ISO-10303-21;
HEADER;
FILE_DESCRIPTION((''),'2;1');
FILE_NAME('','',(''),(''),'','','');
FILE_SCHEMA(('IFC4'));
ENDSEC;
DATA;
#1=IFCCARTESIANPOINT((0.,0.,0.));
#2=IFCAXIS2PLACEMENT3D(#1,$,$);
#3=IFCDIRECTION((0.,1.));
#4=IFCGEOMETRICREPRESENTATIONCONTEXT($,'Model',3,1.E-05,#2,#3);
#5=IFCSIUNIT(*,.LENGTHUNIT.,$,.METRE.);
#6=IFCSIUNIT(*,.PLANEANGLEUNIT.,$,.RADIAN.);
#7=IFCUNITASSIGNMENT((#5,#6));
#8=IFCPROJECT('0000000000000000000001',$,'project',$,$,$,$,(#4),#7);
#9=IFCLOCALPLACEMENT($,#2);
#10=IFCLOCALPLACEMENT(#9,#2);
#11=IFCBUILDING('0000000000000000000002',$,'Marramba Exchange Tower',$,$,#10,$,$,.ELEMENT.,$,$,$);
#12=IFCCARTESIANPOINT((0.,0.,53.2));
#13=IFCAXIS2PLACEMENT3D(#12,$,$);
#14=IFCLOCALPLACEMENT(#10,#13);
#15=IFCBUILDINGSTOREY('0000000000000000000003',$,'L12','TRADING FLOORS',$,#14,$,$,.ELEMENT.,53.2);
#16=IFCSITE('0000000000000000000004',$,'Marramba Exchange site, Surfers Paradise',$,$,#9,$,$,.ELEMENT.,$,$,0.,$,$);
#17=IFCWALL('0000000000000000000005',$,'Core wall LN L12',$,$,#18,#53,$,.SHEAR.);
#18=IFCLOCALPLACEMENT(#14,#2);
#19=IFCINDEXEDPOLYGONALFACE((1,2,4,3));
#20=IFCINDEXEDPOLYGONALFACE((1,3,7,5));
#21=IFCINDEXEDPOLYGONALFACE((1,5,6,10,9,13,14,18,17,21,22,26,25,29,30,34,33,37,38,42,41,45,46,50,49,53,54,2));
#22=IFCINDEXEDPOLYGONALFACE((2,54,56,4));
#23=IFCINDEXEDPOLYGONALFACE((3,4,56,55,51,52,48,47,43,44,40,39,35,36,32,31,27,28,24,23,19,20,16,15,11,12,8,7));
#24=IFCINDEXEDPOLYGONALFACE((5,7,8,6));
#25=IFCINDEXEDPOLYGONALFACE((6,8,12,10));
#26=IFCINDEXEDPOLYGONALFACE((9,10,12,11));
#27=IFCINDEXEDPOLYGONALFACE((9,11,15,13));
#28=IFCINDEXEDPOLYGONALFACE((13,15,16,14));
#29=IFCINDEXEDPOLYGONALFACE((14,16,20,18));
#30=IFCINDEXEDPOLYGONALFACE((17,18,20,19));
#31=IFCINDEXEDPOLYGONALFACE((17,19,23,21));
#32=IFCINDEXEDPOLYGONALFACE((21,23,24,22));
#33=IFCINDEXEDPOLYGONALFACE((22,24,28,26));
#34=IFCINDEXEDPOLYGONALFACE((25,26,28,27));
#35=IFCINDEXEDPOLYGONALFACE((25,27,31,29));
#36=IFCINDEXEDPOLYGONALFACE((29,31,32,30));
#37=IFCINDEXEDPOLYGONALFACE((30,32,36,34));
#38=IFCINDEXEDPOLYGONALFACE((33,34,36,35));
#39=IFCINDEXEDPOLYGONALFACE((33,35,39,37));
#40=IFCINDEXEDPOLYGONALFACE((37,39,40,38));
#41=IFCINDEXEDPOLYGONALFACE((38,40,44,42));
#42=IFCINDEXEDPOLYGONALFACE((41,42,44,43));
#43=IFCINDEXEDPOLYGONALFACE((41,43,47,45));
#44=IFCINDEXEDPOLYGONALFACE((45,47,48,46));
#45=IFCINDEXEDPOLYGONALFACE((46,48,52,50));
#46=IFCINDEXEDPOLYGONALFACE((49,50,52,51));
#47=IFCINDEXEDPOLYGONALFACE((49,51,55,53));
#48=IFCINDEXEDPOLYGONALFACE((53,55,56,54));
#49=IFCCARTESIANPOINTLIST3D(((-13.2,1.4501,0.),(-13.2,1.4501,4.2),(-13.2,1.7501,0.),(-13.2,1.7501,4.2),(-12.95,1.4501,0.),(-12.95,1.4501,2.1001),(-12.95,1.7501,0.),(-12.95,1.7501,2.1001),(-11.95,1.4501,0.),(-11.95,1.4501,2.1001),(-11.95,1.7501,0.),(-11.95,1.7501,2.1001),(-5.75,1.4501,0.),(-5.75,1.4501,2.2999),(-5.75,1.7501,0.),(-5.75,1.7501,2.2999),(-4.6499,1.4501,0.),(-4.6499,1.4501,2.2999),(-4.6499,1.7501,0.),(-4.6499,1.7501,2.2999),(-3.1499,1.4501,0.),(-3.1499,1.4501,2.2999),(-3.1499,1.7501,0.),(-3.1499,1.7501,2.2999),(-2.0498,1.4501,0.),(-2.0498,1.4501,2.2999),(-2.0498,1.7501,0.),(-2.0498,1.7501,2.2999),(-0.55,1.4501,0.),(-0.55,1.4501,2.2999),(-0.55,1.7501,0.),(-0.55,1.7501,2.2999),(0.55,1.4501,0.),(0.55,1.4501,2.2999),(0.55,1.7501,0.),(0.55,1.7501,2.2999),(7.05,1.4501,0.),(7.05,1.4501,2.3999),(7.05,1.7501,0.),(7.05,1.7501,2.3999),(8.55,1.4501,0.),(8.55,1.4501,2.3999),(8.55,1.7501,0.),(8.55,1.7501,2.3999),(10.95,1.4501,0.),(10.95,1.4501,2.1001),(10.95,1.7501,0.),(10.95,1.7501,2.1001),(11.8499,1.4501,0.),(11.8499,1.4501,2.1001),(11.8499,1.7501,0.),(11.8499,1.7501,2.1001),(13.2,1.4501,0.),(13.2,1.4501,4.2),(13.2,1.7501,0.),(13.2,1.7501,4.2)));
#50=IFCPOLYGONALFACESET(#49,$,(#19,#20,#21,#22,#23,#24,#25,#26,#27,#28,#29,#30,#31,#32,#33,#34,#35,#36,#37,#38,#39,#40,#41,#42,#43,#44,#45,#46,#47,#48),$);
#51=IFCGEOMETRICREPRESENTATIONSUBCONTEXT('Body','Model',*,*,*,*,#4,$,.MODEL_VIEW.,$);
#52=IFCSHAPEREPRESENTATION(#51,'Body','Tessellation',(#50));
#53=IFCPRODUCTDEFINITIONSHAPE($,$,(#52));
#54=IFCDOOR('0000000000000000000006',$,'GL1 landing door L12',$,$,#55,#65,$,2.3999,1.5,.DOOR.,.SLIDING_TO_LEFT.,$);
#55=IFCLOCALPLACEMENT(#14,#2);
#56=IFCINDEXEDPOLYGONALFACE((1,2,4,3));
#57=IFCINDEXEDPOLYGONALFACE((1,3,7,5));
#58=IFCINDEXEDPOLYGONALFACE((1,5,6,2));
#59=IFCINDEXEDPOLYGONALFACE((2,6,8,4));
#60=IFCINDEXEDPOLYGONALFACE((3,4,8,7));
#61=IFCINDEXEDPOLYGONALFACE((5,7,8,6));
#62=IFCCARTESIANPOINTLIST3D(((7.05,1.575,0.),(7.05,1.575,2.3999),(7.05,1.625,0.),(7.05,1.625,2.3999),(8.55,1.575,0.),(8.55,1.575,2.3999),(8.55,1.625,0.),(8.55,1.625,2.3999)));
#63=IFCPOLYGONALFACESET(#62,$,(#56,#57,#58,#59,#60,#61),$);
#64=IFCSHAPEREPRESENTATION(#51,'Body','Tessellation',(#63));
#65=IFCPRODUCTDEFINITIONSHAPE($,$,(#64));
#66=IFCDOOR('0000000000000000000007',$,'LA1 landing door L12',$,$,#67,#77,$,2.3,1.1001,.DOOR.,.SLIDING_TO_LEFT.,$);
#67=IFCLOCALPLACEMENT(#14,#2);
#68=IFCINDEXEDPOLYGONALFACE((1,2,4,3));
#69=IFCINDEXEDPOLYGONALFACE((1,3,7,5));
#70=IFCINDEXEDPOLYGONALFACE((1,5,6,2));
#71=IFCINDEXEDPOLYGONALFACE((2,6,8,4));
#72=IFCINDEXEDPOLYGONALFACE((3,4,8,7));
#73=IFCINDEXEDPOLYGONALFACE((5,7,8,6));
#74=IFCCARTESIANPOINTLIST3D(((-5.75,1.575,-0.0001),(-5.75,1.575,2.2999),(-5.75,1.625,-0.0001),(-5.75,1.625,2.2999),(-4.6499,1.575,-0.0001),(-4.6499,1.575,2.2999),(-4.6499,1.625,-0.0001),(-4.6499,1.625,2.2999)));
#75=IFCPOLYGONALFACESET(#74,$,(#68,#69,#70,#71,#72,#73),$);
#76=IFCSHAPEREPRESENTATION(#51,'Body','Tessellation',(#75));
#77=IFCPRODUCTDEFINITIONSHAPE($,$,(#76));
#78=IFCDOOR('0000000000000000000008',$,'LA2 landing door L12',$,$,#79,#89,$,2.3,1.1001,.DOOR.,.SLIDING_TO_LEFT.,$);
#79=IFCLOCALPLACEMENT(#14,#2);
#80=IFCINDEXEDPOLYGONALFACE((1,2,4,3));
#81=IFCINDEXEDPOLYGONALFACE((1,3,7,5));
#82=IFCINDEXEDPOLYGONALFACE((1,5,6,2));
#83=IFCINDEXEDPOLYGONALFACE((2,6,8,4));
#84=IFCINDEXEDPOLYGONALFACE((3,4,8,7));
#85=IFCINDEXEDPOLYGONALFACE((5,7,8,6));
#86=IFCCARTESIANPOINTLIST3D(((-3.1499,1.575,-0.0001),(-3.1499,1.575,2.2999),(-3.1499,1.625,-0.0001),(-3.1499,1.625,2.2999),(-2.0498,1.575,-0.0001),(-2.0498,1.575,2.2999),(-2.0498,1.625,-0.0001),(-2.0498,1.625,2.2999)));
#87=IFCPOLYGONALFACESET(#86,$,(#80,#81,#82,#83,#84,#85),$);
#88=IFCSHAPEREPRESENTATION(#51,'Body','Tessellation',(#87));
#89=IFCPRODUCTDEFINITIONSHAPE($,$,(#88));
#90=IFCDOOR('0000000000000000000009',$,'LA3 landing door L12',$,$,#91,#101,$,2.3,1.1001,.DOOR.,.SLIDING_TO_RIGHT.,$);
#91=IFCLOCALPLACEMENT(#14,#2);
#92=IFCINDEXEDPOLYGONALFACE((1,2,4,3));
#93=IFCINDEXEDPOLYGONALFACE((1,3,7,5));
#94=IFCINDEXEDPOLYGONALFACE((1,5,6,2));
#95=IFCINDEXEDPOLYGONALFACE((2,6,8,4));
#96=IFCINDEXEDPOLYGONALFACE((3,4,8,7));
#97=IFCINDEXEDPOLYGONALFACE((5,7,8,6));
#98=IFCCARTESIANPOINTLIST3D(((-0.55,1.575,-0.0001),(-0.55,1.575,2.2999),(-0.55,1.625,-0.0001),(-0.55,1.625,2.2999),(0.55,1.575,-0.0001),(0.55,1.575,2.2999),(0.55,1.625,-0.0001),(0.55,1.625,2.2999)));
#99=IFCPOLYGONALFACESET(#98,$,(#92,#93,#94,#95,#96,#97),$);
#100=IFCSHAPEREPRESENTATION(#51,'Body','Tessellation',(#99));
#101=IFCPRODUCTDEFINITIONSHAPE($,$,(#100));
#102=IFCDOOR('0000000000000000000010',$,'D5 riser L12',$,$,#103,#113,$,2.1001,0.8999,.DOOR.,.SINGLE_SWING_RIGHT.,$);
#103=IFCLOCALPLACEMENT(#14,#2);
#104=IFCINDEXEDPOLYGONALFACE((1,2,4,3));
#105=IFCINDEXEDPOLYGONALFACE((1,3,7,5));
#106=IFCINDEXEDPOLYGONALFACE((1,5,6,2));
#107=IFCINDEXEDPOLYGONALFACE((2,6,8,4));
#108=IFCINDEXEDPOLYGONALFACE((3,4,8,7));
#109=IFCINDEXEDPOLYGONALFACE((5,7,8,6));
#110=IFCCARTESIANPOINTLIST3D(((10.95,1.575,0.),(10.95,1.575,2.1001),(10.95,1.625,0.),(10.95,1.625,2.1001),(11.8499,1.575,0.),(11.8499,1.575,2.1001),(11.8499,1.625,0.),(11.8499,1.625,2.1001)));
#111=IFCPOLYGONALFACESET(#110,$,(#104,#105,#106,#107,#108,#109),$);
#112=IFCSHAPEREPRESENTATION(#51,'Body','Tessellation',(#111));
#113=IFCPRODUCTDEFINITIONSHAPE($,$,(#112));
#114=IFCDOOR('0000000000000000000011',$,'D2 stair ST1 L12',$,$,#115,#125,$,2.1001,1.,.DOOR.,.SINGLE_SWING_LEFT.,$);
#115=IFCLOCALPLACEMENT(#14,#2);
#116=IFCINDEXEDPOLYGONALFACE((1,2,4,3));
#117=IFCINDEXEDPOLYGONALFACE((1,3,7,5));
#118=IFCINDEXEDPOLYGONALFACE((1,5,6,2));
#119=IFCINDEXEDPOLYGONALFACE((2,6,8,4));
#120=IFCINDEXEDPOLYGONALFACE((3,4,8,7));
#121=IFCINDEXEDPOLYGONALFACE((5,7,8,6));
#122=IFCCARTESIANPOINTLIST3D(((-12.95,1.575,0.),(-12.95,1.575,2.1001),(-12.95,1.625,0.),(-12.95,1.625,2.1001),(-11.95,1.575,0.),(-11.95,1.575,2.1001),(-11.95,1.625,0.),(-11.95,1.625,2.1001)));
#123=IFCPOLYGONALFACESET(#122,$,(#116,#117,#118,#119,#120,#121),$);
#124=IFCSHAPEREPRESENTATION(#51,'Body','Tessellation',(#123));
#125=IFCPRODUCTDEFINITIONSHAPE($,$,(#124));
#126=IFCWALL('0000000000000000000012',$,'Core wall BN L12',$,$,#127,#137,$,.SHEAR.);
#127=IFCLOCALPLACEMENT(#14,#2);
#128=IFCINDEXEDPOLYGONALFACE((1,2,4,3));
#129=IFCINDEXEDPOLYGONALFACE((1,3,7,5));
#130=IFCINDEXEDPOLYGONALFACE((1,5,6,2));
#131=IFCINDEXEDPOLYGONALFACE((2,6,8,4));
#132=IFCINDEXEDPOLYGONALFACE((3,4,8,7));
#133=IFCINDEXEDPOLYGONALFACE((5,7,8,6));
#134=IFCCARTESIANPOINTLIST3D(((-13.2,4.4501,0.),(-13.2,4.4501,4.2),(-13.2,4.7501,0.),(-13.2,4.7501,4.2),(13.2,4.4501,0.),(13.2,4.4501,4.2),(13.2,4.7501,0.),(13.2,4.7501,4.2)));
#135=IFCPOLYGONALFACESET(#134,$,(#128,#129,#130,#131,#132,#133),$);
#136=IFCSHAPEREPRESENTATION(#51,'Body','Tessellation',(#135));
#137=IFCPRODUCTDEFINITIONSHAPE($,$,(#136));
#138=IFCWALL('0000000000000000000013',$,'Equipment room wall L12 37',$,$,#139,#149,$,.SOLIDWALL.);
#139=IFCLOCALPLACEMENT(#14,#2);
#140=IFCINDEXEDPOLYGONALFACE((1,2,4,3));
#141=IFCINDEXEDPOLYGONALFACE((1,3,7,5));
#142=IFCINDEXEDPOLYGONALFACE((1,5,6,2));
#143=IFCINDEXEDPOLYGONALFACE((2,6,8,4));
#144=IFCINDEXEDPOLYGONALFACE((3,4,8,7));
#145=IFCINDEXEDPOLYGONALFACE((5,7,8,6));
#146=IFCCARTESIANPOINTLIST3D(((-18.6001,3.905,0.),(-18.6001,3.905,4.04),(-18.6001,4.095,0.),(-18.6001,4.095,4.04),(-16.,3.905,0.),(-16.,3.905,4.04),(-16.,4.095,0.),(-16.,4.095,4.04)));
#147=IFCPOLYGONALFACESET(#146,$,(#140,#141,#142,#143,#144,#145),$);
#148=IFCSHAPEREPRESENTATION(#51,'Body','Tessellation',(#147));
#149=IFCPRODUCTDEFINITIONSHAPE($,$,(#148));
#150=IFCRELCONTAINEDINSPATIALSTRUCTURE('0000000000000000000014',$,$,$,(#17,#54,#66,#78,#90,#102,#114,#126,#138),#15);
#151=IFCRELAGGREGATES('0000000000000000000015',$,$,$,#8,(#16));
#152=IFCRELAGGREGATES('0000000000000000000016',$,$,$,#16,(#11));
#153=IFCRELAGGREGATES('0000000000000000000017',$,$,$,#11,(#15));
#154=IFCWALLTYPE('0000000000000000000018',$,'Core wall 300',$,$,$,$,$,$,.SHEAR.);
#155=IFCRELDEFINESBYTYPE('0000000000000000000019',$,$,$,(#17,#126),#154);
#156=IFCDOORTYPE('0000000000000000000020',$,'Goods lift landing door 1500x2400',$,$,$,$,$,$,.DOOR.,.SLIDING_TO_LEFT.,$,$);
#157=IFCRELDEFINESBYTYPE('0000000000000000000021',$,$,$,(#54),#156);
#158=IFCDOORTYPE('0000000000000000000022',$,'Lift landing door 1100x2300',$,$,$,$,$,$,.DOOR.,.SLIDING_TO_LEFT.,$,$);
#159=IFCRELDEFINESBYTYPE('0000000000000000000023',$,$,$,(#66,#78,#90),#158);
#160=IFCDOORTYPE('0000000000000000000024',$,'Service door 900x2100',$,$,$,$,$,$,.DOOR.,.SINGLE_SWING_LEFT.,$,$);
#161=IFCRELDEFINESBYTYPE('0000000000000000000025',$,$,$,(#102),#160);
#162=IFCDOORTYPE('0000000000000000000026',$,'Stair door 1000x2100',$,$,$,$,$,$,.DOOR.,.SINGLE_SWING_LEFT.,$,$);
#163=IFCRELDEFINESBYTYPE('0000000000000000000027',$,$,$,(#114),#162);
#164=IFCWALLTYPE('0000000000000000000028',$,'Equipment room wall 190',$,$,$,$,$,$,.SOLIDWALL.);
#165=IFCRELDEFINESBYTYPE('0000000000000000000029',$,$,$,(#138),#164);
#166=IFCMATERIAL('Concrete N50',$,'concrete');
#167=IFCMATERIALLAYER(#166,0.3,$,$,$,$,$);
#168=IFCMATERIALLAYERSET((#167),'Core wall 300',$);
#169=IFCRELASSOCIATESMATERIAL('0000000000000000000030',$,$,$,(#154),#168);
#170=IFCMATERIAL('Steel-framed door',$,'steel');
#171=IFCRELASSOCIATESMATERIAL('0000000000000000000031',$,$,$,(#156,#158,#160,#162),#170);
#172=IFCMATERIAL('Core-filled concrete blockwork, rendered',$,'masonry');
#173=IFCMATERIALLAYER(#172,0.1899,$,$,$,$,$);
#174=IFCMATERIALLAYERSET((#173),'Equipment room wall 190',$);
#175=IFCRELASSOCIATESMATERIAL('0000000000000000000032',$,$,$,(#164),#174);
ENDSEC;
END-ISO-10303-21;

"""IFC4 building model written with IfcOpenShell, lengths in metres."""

from ifc_helpers import new_model, si_unit, direction, frame, frame_2d, origin, place, context, subcontext, project, spatial, rectangle, extrude, material, layer, layer_set, type_object, element, fill, save


model = new_model("IFC4")

# Units and contexts
model_context = context("Model", 3, precision=1e-05, world=origin(), true_north=direction((0.0, 1.0)))
body_context = subcontext(model_context, "Body", "Model", "MODEL_VIEW")
ifc_project = project(units=[si_unit("LENGTHUNIT", "METRE"), si_unit("PLANEANGLEUNIT", "RADIAN")], contexts=[model_context])

# Site, building, storey
site_placement = place(None, origin())
site = spatial("IfcSite", under=ifc_project, at=site_placement, Name="Marramba Exchange site, Surfers Paradise", CompositionType="ELEMENT", RefElevation=0.0)
building_placement = place(site_placement, origin())
building = spatial("IfcBuilding", under=site, at=building_placement, Name="Marramba Exchange Tower", CompositionType="ELEMENT")
storey_placement = place(building_placement, frame((0.0, 0.0, 53.2)))
storey = spatial("IfcBuildingStorey", under=building, at=storey_placement, Name="L12", Description="TRADING FLOORS", CompositionType="ELEMENT", Elevation=53.2)

# Shared definitions
ifc_material_1 = material(Name="Concrete N50", Category="concrete")
ifc_material_2 = material(Name="Steel-framed door", Category="steel")

# Wall, openings, doors
ifc_layer_1 = layer(ifc_material_1, 0.3)
ifc_layer_set_1 = layer_set([ifc_layer_1], Name="Core wall 300")
wall_type_1 = type_object("IfcWallType", Name="Core wall 300", PredefinedType="SHEAR", material=ifc_layer_set_1)
wall_1_placement = place(storey_placement, frame((-13.2, 1.6001, 0.0), z_axis=(0.0, 0.0, 1.0), x_axis=(1.0, 0.0, 0.0)))
wall_1 = element("IfcWall", 1, at=wall_1_placement, inside=storey, type_object=wall_type_1, Name="Core wall LN L12", PredefinedType="SHEAR", context=body_context, shape_type="SweptSolid", body=[
    extrude(rectangle(XDim=26.3999, YDim=0.3, at=frame_2d((13.2, 0.0))), origin(), (0.0, 0.0, 1.0), 4.2),
])
opening_1_placement = place(wall_1_placement, frame((0.25, 0.0, 0.0)))
opening_1 = element("IfcOpeningElement", 2, at=opening_1_placement, cuts=wall_1, PredefinedType="OPENING", context=body_context, shape_type="SweptSolid", body=[
    extrude(rectangle(XDim=1.0, YDim=2.1001, at=frame_2d((0.5, 1.05))), frame((0.0, 0.1599, 0.0), z_axis=(0.0, -1.0, 0.0), x_axis=(1.0, 0.0, 0.0)), (0.0, 0.0, 1.0), 0.3201),
])
opening_2_placement = place(wall_1_placement, frame((20.25, 0.0, 0.0)))
opening_2 = element("IfcOpeningElement", 3, at=opening_2_placement, cuts=wall_1, PredefinedType="OPENING", context=body_context, shape_type="SweptSolid", body=[
    extrude(rectangle(XDim=1.5, YDim=2.3999, at=frame_2d((0.75, 1.2))), frame((0.0, 0.1599, 0.0), z_axis=(0.0, -1.0, 0.0), x_axis=(1.0, 0.0, 0.0)), (0.0, 0.0, 1.0), 0.3201),
])
opening_3_placement = place(wall_1_placement, frame((7.45, 0.0, 0.0)))
opening_3 = element("IfcOpeningElement", 4, at=opening_3_placement, cuts=wall_1, PredefinedType="OPENING", context=body_context, shape_type="SweptSolid", body=[
    extrude(rectangle(XDim=1.1001, YDim=2.3, at=frame_2d((0.55, 1.1499))), frame((0.0, 0.1599, 0.0), z_axis=(0.0, -1.0, 0.0), x_axis=(1.0, 0.0, 0.0)), (0.0, 0.0, 1.0), 0.3201),
])
opening_4_placement = place(wall_1_placement, frame((10.05, 0.0, 0.0)))
opening_4 = element("IfcOpeningElement", 5, at=opening_4_placement, cuts=wall_1, PredefinedType="OPENING", context=body_context, shape_type="SweptSolid", body=[
    extrude(rectangle(XDim=1.1001, YDim=2.3, at=frame_2d((0.55, 1.1499))), frame((0.0, 0.1599, 0.0), z_axis=(0.0, -1.0, 0.0), x_axis=(1.0, 0.0, 0.0)), (0.0, 0.0, 1.0), 0.3201),
])
opening_5_placement = place(wall_1_placement, frame((12.6499, 0.0, 0.0)))
opening_5 = element("IfcOpeningElement", 6, at=opening_5_placement, cuts=wall_1, PredefinedType="OPENING", context=body_context, shape_type="SweptSolid", body=[
    extrude(rectangle(XDim=1.1001, YDim=2.3, at=frame_2d((0.55, 1.1499))), frame((0.0, 0.1599, 0.0), z_axis=(0.0, -1.0, 0.0), x_axis=(1.0, 0.0, 0.0)), (0.0, 0.0, 1.0), 0.3201),
])
opening_6_placement = place(wall_1_placement, frame((24.1499, 0.0, 0.0)))
opening_6 = element("IfcOpeningElement", 7, at=opening_6_placement, cuts=wall_1, PredefinedType="OPENING", context=body_context, shape_type="SweptSolid", body=[
    extrude(rectangle(XDim=0.8999, YDim=2.1001, at=frame_2d((0.45, 1.05))), frame((0.0, 0.1599, 0.0), z_axis=(0.0, -1.0, 0.0), x_axis=(1.0, 0.0, 0.0)), (0.0, 0.0, 1.0), 0.3201),
])
door_type_1 = type_object("IfcDoorType", Name="Goods lift landing door 1500x2400", OperationType="SLIDING_TO_LEFT", PredefinedType="DOOR", material=ifc_material_2)
door_1_placement = place(opening_2_placement, origin())
door_1 = element("IfcDoor", 8, at=door_1_placement, inside=storey, type_object=door_type_1, Name="GL1 landing door L12", OperationType="SLIDING_TO_LEFT", OverallHeight=2.3999, OverallWidth=1.5, PredefinedType="DOOR", context=body_context, shape_type="SweptSolid", body=[
    extrude(rectangle(XDim=1.5, YDim=2.3999, at=frame_2d((0.75, 1.2))), frame((0.0, 0.0249, 0.0), z_axis=(0.0, -1.0, 0.0), x_axis=(1.0, 0.0, 0.0)), (0.0, 0.0, 1.0), 0.05),
])
fill(opening_2, door_1)
door_type_2 = type_object("IfcDoorType", Name="Lift landing door 1100x2300", OperationType="SLIDING_TO_LEFT", PredefinedType="DOOR", material=ifc_material_2)
door_2_placement = place(opening_3_placement, origin())
door_2 = element("IfcDoor", 9, at=door_2_placement, inside=storey, type_object=door_type_2, Name="LA1 landing door L12", OperationType="SLIDING_TO_LEFT", OverallHeight=2.3, OverallWidth=1.1001, PredefinedType="DOOR", context=body_context, shape_type="SweptSolid", body=[
    extrude(rectangle(XDim=1.1001, YDim=2.3, at=frame_2d((0.55, 1.1499))), frame((0.0, 0.0249, 0.0), z_axis=(0.0, -1.0, 0.0), x_axis=(1.0, 0.0, 0.0)), (0.0, 0.0, 1.0), 0.05),
])
fill(opening_3, door_2)
door_3_placement = place(opening_4_placement, origin())
door_3 = element("IfcDoor", 10, at=door_3_placement, inside=storey, type_object=door_type_2, Name="LA2 landing door L12", OperationType="SLIDING_TO_LEFT", OverallHeight=2.3, OverallWidth=1.1001, PredefinedType="DOOR", context=body_context, shape_type="SweptSolid", body=[
    extrude(rectangle(XDim=1.1001, YDim=2.3, at=frame_2d((0.55, 1.1499))), frame((0.0, 0.0249, 0.0), z_axis=(0.0, -1.0, 0.0), x_axis=(1.0, 0.0, 0.0)), (0.0, 0.0, 1.0), 0.05),
])
fill(opening_4, door_3)
door_4_placement = place(opening_5_placement, origin())
door_4 = element("IfcDoor", 11, at=door_4_placement, inside=storey, type_object=door_type_2, Name="LA3 landing door L12", OperationType="SLIDING_TO_RIGHT", OverallHeight=2.3, OverallWidth=1.1001, PredefinedType="DOOR", context=body_context, shape_type="SweptSolid", body=[
    extrude(rectangle(XDim=1.1001, YDim=2.3, at=frame_2d((0.55, 1.1499))), frame((0.0, 0.0249, 0.0), z_axis=(0.0, -1.0, 0.0), x_axis=(1.0, 0.0, 0.0)), (0.0, 0.0, 1.0), 0.05),
])
fill(opening_5, door_4)
door_type_3 = type_object("IfcDoorType", Name="Service door 900x2100", OperationType="SINGLE_SWING_LEFT", PredefinedType="DOOR", material=ifc_material_2)
door_5_placement = place(opening_6_placement, origin())
door_5 = element("IfcDoor", 12, at=door_5_placement, inside=storey, type_object=door_type_3, Name="D5 riser L12", OperationType="SINGLE_SWING_RIGHT", OverallHeight=2.1001, OverallWidth=0.8999, PredefinedType="DOOR", context=body_context, shape_type="SweptSolid", body=[
    extrude(rectangle(XDim=0.8999, YDim=2.1001, at=frame_2d((0.45, 1.05))), frame((0.0, 0.0249, 0.0), z_axis=(0.0, -1.0, 0.0), x_axis=(1.0, 0.0, 0.0)), (0.0, 0.0, 1.0), 0.05),
])
fill(opening_6, door_5)
door_type_4 = type_object("IfcDoorType", Name="Stair door 1000x2100", OperationType="SINGLE_SWING_LEFT", PredefinedType="DOOR", material=ifc_material_2)
door_6_placement = place(opening_1_placement, origin())
door_6 = element("IfcDoor", 13, at=door_6_placement, inside=storey, type_object=door_type_4, Name="D2 stair ST1 L12", OperationType="SINGLE_SWING_LEFT", OverallHeight=2.1001, OverallWidth=1.0, PredefinedType="DOOR", context=body_context, shape_type="SweptSolid", body=[
    extrude(rectangle(XDim=1.0, YDim=2.1001, at=frame_2d((0.5, 1.05))), frame((0.0, 0.0249, 0.0), z_axis=(0.0, -1.0, 0.0), x_axis=(1.0, 0.0, 0.0)), (0.0, 0.0, 1.0), 0.05),
])
fill(opening_1, door_6)

# Walls
wall_2_placement = place(storey_placement, frame((-13.2, 4.6001, 0.0), z_axis=(0.0, 0.0, 1.0), x_axis=(1.0, 0.0, 0.0)))
element("IfcWall", 14, at=wall_2_placement, inside=storey, type_object=wall_type_1, Name="Core wall BN L12", PredefinedType="SHEAR", context=body_context, shape_type="SweptSolid", body=[
    extrude(rectangle(XDim=26.3999, YDim=0.3, at=frame_2d((13.2, 0.0))), origin(), (0.0, 0.0, 1.0), 4.2),
])
ifc_material_3 = material(Name="Core-filled concrete blockwork, rendered", Category="masonry")
ifc_layer_2 = layer(ifc_material_3, 0.1899)
ifc_layer_set_2 = layer_set([ifc_layer_2], Name="Equipment room wall 190")
wall_type_2 = type_object("IfcWallType", Name="Equipment room wall 190", PredefinedType="SOLIDWALL", material=ifc_layer_set_2)
wall_3_placement = place(storey_placement, frame((-16.0, 4.0, 0.0), z_axis=(0.0, 0.0, 1.0), x_axis=(-1.0, 0.0, 0.0)))
element("IfcWall", 15, at=wall_3_placement, inside=storey, type_object=wall_type_2, Name="Equipment room wall L12 37", PredefinedType="SOLIDWALL", context=body_context, shape_type="SweptSolid", body=[
    extrude(rectangle(XDim=2.6001, YDim=0.1899, at=frame_2d((1.3, 0.0))), origin(), (0.0, 0.0, 1.0), 4.04),
])

save(model, "model.ifc")
